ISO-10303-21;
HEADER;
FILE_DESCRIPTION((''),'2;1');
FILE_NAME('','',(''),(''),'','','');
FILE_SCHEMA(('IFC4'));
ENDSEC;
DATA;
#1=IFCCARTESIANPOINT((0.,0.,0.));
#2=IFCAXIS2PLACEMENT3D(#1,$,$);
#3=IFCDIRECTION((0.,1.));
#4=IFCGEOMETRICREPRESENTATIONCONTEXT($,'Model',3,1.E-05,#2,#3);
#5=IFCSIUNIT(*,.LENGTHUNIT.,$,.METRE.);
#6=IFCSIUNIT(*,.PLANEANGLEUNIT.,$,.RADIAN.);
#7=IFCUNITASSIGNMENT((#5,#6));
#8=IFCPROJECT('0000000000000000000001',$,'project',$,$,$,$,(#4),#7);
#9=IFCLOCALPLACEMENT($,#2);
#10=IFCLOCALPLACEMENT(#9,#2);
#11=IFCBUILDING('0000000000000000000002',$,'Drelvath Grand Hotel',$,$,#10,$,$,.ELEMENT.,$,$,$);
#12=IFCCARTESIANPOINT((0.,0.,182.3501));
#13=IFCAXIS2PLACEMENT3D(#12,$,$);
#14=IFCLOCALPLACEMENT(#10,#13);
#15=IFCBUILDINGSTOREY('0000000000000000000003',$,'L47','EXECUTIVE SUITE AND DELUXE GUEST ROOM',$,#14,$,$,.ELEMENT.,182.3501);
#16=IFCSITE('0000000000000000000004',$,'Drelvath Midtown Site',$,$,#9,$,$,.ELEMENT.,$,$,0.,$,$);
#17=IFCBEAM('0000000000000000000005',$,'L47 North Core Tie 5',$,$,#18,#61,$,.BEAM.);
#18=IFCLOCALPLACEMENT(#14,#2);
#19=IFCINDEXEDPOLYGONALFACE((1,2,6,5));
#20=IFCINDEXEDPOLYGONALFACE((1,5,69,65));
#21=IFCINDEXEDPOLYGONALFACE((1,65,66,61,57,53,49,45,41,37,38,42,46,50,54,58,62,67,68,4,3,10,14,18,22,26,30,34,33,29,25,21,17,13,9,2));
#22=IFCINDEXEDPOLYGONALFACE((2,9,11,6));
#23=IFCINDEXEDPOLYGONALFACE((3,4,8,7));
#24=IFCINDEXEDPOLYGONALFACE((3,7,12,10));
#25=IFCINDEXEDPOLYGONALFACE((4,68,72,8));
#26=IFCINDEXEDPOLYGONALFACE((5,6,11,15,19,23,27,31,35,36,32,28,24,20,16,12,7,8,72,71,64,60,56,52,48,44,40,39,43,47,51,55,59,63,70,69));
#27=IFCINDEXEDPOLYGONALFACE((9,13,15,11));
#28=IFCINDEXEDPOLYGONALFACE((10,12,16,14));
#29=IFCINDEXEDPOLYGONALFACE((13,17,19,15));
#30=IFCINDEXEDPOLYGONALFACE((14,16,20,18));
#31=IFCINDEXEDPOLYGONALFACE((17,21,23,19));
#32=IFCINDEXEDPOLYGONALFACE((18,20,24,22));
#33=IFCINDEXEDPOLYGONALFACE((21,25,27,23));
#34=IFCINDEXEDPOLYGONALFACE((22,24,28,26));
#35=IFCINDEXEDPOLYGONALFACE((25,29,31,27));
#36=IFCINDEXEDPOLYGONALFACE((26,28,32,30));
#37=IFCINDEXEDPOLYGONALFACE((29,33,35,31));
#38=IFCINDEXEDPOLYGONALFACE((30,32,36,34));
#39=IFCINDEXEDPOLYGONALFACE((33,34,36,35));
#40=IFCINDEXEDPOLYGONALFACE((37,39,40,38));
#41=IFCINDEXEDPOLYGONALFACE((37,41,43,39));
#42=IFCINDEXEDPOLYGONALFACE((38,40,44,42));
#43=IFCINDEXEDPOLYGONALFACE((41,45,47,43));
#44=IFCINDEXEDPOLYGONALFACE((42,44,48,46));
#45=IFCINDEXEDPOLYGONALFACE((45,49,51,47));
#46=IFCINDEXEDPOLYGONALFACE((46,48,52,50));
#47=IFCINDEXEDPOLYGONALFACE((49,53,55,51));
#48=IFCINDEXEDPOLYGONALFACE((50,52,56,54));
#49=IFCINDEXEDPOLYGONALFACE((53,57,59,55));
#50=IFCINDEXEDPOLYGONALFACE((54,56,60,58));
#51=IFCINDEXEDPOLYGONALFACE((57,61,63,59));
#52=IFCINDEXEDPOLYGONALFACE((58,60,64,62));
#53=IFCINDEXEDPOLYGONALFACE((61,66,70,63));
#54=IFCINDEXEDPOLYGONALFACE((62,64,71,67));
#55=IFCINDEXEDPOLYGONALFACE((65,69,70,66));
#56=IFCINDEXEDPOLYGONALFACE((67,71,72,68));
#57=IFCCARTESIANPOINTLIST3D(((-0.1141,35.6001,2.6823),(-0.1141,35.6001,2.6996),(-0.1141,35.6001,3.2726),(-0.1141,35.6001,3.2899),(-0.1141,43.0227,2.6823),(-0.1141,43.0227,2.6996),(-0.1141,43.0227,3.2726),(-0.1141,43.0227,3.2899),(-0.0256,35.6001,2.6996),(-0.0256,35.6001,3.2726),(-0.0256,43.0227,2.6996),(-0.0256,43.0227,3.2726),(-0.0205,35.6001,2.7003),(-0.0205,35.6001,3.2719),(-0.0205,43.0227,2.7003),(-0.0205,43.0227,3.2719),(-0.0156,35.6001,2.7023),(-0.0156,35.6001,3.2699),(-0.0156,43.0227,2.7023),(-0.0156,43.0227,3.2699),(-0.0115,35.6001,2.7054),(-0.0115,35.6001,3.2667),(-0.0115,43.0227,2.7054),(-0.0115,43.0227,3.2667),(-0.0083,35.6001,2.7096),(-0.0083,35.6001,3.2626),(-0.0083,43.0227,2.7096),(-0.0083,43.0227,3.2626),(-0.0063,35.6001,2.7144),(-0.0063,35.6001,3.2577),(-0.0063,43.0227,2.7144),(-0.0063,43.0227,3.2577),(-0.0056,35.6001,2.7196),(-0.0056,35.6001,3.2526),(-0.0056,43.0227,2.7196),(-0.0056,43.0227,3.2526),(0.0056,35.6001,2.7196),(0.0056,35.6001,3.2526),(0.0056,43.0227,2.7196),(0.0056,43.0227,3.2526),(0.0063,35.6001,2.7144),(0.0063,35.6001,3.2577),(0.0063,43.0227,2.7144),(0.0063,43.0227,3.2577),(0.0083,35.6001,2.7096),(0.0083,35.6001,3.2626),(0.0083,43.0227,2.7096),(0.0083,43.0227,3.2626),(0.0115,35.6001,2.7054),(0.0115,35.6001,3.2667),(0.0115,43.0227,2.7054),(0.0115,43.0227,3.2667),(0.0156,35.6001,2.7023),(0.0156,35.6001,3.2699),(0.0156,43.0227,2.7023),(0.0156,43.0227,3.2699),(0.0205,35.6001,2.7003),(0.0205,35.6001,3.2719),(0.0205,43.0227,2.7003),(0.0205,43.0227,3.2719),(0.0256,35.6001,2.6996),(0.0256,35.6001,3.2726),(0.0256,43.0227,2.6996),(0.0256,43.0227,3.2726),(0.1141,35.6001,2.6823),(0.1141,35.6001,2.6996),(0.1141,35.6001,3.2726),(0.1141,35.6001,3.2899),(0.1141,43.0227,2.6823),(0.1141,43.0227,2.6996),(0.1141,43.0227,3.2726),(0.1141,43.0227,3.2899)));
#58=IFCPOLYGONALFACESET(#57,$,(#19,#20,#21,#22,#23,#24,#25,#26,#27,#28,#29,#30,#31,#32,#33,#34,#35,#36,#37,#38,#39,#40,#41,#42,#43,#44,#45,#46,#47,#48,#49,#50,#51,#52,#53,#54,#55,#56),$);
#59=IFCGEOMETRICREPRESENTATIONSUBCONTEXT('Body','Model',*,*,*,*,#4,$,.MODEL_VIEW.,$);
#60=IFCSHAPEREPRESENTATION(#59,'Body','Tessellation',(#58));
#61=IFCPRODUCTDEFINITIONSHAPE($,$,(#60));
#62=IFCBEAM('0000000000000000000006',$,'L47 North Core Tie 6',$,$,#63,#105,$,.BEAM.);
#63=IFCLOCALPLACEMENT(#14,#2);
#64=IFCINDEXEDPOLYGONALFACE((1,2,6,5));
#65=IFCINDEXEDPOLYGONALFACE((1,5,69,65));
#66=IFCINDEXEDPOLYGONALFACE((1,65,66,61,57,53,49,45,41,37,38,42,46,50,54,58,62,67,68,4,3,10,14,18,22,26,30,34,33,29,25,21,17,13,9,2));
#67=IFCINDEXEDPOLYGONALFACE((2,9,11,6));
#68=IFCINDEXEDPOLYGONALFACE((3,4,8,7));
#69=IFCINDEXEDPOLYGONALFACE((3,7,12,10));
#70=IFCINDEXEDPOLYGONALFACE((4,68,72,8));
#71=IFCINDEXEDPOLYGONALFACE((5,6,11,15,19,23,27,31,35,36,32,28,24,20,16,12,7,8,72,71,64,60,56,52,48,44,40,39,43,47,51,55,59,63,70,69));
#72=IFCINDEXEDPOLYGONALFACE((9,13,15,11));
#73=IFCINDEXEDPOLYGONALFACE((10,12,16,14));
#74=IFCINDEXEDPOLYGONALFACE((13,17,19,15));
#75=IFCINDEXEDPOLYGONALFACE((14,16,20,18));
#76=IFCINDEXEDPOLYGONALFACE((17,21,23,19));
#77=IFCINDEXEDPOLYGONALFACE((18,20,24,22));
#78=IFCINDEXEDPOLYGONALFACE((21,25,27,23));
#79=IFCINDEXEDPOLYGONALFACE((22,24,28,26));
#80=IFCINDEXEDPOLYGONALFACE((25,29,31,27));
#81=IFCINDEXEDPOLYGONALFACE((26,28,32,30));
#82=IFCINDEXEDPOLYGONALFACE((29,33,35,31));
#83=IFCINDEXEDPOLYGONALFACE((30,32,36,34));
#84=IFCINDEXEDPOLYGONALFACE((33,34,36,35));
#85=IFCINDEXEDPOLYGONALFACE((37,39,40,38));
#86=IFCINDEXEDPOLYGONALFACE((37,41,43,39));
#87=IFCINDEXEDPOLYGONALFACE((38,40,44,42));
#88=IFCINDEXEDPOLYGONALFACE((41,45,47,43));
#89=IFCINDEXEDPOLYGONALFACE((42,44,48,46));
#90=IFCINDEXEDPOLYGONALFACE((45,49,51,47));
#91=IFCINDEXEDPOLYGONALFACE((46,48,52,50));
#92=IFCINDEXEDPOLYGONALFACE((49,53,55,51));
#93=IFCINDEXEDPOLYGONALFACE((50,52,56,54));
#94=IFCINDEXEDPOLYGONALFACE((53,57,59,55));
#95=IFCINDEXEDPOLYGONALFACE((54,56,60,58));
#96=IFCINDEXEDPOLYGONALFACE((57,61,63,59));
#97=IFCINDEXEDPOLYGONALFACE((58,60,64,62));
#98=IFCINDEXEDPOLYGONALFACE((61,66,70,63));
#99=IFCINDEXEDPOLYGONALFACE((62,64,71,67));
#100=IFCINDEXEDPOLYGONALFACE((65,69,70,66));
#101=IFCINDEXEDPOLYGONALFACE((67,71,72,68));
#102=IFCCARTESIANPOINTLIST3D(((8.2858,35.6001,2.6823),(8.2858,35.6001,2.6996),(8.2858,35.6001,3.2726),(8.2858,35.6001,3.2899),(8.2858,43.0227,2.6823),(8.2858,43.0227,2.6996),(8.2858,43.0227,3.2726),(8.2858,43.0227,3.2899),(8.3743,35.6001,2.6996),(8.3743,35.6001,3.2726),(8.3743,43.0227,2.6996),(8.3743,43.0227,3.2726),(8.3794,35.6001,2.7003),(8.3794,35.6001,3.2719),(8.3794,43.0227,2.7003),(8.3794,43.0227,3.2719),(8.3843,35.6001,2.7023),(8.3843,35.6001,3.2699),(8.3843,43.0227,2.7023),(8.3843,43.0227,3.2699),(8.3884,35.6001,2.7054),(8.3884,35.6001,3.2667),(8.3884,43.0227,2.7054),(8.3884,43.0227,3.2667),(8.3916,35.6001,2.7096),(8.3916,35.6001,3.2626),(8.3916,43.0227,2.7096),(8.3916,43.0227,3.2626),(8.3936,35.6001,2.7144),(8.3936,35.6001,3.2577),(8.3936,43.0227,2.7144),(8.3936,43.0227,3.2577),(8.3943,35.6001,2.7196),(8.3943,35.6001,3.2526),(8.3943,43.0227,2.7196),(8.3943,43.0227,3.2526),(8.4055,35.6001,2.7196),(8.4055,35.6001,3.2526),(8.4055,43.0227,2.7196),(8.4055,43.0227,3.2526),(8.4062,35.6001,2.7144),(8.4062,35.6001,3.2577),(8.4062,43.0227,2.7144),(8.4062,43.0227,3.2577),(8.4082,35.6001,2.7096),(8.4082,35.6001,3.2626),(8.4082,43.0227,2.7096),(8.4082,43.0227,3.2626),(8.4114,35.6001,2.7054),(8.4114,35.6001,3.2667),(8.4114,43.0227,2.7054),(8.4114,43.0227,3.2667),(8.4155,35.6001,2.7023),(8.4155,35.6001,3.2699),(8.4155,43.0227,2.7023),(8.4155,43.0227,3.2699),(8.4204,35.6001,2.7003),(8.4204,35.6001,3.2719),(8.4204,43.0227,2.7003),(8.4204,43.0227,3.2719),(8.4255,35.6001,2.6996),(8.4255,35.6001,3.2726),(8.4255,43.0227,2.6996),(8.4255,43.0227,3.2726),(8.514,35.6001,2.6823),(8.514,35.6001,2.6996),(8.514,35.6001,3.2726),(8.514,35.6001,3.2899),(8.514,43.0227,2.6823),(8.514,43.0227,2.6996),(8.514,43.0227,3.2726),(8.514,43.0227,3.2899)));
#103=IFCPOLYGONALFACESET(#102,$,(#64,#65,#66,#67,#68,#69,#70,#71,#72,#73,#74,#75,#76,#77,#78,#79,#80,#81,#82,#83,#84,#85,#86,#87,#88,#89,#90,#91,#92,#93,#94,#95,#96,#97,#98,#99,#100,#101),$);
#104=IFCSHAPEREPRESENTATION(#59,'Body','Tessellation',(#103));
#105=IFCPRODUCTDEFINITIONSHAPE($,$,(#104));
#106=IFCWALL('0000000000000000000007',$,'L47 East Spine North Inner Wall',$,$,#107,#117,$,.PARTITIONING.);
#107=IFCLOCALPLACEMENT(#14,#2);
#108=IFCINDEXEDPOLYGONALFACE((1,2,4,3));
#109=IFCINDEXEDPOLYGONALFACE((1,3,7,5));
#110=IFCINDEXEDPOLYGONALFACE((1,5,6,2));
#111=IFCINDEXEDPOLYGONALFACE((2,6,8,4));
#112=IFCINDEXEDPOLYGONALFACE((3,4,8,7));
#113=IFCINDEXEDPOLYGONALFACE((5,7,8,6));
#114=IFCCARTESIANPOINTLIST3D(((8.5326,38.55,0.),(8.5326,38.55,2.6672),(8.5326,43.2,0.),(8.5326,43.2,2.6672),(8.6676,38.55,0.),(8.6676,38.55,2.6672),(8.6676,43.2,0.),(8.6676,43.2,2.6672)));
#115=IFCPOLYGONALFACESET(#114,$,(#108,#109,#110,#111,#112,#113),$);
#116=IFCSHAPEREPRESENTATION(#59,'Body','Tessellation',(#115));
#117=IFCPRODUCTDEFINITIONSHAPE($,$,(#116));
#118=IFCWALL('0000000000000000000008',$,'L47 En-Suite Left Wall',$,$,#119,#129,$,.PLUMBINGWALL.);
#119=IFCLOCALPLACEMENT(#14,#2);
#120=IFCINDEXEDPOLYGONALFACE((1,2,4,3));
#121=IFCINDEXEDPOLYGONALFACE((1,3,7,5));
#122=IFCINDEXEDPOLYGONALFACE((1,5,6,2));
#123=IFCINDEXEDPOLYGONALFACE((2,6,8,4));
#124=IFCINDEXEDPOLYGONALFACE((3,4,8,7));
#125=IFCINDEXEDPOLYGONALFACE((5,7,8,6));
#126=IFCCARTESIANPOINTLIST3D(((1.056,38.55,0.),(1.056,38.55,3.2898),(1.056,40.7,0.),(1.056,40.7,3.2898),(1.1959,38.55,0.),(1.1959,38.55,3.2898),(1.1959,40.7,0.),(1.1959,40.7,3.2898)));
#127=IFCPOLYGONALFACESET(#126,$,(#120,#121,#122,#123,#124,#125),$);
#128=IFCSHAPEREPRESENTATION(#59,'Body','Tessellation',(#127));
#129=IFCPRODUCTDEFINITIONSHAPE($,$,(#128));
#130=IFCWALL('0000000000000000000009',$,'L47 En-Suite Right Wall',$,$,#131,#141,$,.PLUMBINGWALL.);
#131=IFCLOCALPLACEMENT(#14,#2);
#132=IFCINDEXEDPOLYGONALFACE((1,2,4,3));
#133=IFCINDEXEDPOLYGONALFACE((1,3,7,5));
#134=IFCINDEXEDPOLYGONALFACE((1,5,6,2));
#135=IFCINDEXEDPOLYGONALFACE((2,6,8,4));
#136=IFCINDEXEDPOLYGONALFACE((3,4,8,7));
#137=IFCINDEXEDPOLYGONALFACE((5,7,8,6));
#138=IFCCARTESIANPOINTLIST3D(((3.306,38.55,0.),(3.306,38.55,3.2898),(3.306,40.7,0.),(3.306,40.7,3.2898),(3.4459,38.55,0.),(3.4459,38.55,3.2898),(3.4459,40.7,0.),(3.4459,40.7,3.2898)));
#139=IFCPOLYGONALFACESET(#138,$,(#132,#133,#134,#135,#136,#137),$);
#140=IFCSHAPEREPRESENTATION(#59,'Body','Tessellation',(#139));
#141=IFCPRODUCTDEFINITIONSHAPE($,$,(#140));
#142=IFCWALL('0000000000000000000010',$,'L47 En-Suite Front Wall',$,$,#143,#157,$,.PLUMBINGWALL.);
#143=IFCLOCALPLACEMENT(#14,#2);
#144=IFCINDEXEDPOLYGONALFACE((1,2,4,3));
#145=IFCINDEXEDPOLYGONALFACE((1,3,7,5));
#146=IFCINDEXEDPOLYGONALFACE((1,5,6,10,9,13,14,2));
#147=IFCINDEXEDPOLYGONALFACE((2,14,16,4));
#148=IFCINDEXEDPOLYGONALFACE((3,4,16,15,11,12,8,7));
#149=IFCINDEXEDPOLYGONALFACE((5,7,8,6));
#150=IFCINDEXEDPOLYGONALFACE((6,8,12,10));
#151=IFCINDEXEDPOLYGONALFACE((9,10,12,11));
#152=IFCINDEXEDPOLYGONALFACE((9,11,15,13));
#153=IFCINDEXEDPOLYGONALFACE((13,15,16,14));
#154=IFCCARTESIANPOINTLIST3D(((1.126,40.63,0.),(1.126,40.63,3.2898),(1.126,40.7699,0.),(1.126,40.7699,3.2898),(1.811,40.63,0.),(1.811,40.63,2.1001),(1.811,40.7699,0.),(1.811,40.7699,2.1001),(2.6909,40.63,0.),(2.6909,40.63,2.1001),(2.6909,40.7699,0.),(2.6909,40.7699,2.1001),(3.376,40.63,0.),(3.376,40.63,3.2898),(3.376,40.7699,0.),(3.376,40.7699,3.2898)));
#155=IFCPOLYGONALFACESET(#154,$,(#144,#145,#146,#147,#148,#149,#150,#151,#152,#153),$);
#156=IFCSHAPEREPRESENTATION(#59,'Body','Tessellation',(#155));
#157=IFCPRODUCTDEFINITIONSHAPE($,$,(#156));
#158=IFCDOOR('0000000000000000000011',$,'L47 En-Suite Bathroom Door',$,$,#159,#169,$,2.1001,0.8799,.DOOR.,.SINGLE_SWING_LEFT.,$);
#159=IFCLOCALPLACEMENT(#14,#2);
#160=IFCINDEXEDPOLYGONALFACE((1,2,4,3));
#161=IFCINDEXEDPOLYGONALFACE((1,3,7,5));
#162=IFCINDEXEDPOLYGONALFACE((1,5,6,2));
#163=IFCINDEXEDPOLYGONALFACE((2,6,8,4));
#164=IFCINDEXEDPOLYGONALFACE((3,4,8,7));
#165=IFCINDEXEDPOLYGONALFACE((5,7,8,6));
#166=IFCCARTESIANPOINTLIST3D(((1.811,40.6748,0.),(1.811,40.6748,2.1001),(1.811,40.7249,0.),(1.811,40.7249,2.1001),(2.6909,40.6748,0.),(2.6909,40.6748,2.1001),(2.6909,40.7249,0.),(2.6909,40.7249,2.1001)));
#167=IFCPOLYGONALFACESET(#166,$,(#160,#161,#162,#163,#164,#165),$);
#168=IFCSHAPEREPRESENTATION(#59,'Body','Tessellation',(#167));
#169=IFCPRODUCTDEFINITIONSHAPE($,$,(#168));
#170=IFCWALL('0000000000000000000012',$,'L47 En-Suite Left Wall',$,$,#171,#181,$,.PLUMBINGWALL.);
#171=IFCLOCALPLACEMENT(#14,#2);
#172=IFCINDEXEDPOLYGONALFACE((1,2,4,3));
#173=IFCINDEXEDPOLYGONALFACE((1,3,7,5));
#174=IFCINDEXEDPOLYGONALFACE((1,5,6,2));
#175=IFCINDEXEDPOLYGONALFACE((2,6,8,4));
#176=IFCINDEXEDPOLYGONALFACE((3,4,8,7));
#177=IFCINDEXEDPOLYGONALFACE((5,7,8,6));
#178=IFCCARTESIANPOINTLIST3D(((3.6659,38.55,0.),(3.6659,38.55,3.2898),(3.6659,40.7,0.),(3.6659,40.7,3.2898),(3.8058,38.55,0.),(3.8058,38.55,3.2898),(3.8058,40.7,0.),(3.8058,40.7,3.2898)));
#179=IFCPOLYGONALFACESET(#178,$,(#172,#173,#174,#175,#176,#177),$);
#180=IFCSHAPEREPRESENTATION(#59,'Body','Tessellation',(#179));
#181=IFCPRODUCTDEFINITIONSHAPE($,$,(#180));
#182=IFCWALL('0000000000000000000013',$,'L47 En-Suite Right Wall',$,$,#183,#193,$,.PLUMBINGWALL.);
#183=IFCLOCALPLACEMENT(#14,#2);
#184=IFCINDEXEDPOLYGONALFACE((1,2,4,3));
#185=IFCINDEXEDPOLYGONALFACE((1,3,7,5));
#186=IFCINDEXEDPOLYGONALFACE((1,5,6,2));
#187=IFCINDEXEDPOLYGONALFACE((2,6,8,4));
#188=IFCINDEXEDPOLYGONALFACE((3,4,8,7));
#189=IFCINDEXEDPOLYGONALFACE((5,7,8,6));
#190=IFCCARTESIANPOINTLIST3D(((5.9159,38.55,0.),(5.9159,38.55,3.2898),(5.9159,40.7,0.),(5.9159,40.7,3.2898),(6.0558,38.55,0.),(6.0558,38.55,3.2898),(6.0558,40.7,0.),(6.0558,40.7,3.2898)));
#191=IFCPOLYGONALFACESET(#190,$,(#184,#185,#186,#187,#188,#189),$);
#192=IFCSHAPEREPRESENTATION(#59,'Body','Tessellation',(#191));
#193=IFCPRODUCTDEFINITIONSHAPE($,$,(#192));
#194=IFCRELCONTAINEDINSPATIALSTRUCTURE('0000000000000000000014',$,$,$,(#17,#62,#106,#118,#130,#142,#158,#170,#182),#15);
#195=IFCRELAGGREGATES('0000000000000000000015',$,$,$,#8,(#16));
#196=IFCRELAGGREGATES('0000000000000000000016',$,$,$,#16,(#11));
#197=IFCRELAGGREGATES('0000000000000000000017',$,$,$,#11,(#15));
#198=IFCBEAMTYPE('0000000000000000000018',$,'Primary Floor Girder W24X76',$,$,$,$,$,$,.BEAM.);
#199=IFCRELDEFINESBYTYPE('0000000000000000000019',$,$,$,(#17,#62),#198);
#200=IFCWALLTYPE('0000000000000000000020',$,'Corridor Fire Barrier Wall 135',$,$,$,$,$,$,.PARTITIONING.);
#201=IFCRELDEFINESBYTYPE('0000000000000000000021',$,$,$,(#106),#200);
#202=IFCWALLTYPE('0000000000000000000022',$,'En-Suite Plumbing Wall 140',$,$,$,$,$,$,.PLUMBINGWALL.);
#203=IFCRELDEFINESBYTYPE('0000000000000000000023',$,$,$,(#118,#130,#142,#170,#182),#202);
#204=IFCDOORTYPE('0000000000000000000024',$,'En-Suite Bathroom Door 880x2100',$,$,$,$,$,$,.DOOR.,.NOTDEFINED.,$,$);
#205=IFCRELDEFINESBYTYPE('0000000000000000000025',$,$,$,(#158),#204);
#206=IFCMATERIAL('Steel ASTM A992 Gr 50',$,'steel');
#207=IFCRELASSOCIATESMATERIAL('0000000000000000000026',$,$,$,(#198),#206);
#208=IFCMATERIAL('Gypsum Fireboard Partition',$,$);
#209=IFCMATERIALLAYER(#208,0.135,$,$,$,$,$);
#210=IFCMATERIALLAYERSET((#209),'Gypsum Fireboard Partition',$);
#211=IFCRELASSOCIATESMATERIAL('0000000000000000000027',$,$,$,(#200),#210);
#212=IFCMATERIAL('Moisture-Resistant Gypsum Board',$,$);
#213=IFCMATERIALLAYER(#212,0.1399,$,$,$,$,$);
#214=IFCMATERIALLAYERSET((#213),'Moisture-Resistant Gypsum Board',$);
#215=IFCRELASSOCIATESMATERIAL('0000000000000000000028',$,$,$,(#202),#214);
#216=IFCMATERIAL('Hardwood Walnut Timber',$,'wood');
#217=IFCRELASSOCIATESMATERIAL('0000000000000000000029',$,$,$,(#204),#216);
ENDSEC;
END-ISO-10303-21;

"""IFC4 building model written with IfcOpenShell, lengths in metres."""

from ifc_helpers import new_model, si_unit, direction, frame, frame_2d, origin, origin_2d, place, context, subcontext, project, spatial, rectangle, i_section, extrude, material, layer, layer_set, material_profile, profile_set, type_object, element, fill, save


model = new_model("IFC4")

# Units and contexts
model_context = context("Model", 3, precision=1e-05, world=origin(), true_north=direction((0.0, 1.0)))
body_context = subcontext(model_context, "Body", "Model", "MODEL_VIEW")
ifc_project = project(units=[si_unit("LENGTHUNIT", "METRE"), si_unit("PLANEANGLEUNIT", "RADIAN")], contexts=[model_context])

# Site, building, storey
site_placement = place(None, origin())
site = spatial("IfcSite", under=ifc_project, at=site_placement, Name="Drelvath Midtown Site", CompositionType="ELEMENT", RefElevation=0.0)
building_placement = place(site_placement, origin())
building = spatial("IfcBuilding", under=site, at=building_placement, Name="Drelvath Grand Hotel", CompositionType="ELEMENT")
storey_placement = place(building_placement, frame((0.0, 0.0, 182.3501)))
storey = spatial("IfcBuildingStorey", under=building, at=storey_placement, Name="L47", Description="EXECUTIVE SUITE AND DELUXE GUEST ROOM", CompositionType="ELEMENT", Elevation=182.3501)

# Beams
ifc_material_1 = material(Name="Steel ASTM A992 Gr 50", Category="steel")
ifc_material_profile = material_profile(ifc_material_1, i_section(OverallWidth=0.2283, OverallDepth=0.6077, WebThickness=0.0112, FlangeThickness=0.0173, FilletRadius=0.02, at=origin_2d()), Name="W24X76")
ifc_profile_set = profile_set([ifc_material_profile], Name="Steel ASTM A992 Gr 50")
beam_type = type_object("IfcBeamType", Name="Primary Floor Girder W24X76", PredefinedType="BEAM", material=ifc_profile_set)
for number, where, z_axis, x_axis, name in (
    (1, (0.0, 35.6001, 2.9861), (0.0, 1.0, 0.0), (-1.0, 0.0, 0.0), "L47 North Core Tie 5"),
    (2, (8.3999, 35.6001, 2.9861), (0.0, 1.0, 0.0), (-1.0, 0.0, 0.0), "L47 North Core Tie 6"),
):
    element("IfcBeam", number, at=place(storey_placement, frame(where, z_axis=z_axis, x_axis=x_axis)), inside=storey, type_object=beam_type, Name=name, PredefinedType="BEAM", context=body_context, shape_type="SweptSolid", body=[
        extrude(i_section(OverallWidth=0.2283, OverallDepth=0.6077, WebThickness=0.0112, FlangeThickness=0.0173, FilletRadius=0.02, at=origin_2d()), origin(), (0.0, 0.0, 1.0), 7.4226),
    ])

# Wall
ifc_material_2 = material(Name="Gypsum Fireboard Partition")
ifc_layer_1 = layer(ifc_material_2, 0.135)
ifc_layer_set_1 = layer_set([ifc_layer_1], Name="Gypsum Fireboard Partition")
wall_type_1 = type_object("IfcWallType", Name="Corridor Fire Barrier Wall 135", PredefinedType="PARTITIONING", material=ifc_layer_set_1)
wall_1_placement = place(storey_placement, frame((8.6001, 38.55, 0.0), z_axis=(0.0, 0.0, 1.0), x_axis=(0.0, 1.0, 0.0)))
element("IfcWall", 3, at=wall_1_placement, inside=storey, type_object=wall_type_1, Name="L47 East Spine North Inner Wall", PredefinedType="PARTITIONING", context=body_context, shape_type="SweptSolid", body=[
    extrude(rectangle(XDim=4.6499, YDim=0.135, at=frame_2d((2.325, 0.0))), origin(), (0.0, 0.0, 1.0), 2.6672),
])

# Shared definitions
ifc_material_3 = material(Name="Hardwood Walnut Timber", Category="wood")

# Walls
ifc_material_4 = material(Name="Moisture-Resistant Gypsum Board")
ifc_layer_2 = layer(ifc_material_4, 0.1399)
ifc_layer_set_2 = layer_set([ifc_layer_2], Name="Moisture-Resistant Gypsum Board")
wall_type_2 = type_object("IfcWallType", Name="En-Suite Plumbing Wall 140", PredefinedType="PLUMBINGWALL", material=ifc_layer_set_2)
for number, where, z_axis, x_axis, name in (
    (4, (1.126, 38.55, 0.0), (0.0, 0.0, 1.0), (0.0, 1.0, 0.0), "L47 En-Suite Left Wall"),
    (5, (3.376, 38.55, 0.0), (0.0, 0.0, 1.0), (0.0, 1.0, 0.0), "L47 En-Suite Right Wall"),
):
    element("IfcWall", number, at=place(storey_placement, frame(where, z_axis=z_axis, x_axis=x_axis)), inside=storey, type_object=wall_type_2, Name=name, PredefinedType="PLUMBINGWALL", context=body_context, shape_type="SweptSolid", body=[
        extrude(rectangle(XDim=2.1499, YDim=0.1399, at=frame_2d((1.075, 0.0))), origin(), (0.0, 0.0, 1.0), 3.2898),
    ])

# Wall, opening, door
wall_2_placement = place(storey_placement, frame((1.126, 40.7, 0.0), z_axis=(0.0, 0.0, 1.0), x_axis=(1.0, 0.0, 0.0)))
wall_2 = element("IfcWall", 6, at=wall_2_placement, inside=storey, type_object=wall_type_2, Name="L47 En-Suite Front Wall", PredefinedType="PLUMBINGWALL", context=body_context, shape_type="SweptSolid", body=[
    extrude(rectangle(XDim=2.25, YDim=0.1399, at=frame_2d((1.125, 0.0))), origin(), (0.0, 0.0, 1.0), 3.2898),
])
opening_1_placement = place(wall_2_placement, frame((0.6851, 0.0, 0.0)))
opening_1 = element("IfcOpeningElement", 7, at=opening_1_placement, cuts=wall_2, PredefinedType="OPENING", context=body_context, shape_type="SweptSolid", body=[
    extrude(rectangle(XDim=0.8799, YDim=2.1001, at=frame_2d((0.4399, 1.05))), frame((0.0, 0.0798, 0.0), z_axis=(0.0, -1.0, 0.0), x_axis=(1.0, 0.0, 0.0)), (0.0, 0.0, 1.0), 0.1599),
])
door_type_1 = type_object("IfcDoorType", Name="En-Suite Bathroom Door 880x2100", OperationType="NOTDEFINED", PredefinedType="DOOR", material=ifc_material_3)
door_1_placement = place(opening_1_placement, origin())
door_1 = element("IfcDoor", 8, at=door_1_placement, inside=storey, type_object=door_type_1, Name="L47 En-Suite Bathroom Door", OperationType="SINGLE_SWING_LEFT", OverallHeight=2.1001, OverallWidth=0.8799, PredefinedType="DOOR", context=body_context, shape_type="SweptSolid", body=[
    extrude(rectangle(XDim=0.8799, YDim=2.1001, at=frame_2d((0.4399, 1.05))), frame((0.0, 0.0249, 0.0), z_axis=(0.0, -1.0, 0.0), x_axis=(1.0, 0.0, 0.0)), (0.0, 0.0, 1.0), 0.05),
])
fill(opening_1, door_1)

# Walls
for number, where, z_axis, x_axis, name in (
    (9, (3.7358, 38.55, 0.0), (0.0, 0.0, 1.0), (0.0, 1.0, 0.0), "L47 En-Suite Left Wall"),
    (10, (5.9858, 38.55, 0.0), (0.0, 0.0, 1.0), (0.0, 1.0, 0.0), "L47 En-Suite Right Wall"),
):
    element("IfcWall", number, at=place(storey_placement, frame(where, z_axis=z_axis, x_axis=x_axis)), inside=storey, type_object=wall_type_2, Name=name, PredefinedType="PLUMBINGWALL", context=body_context, shape_type="SweptSolid", body=[
        extrude(rectangle(XDim=2.1499, YDim=0.1399, at=frame_2d((1.075, 0.0))), origin(), (0.0, 0.0, 1.0), 3.2898),
    ])

save(model, "model.ifc")
